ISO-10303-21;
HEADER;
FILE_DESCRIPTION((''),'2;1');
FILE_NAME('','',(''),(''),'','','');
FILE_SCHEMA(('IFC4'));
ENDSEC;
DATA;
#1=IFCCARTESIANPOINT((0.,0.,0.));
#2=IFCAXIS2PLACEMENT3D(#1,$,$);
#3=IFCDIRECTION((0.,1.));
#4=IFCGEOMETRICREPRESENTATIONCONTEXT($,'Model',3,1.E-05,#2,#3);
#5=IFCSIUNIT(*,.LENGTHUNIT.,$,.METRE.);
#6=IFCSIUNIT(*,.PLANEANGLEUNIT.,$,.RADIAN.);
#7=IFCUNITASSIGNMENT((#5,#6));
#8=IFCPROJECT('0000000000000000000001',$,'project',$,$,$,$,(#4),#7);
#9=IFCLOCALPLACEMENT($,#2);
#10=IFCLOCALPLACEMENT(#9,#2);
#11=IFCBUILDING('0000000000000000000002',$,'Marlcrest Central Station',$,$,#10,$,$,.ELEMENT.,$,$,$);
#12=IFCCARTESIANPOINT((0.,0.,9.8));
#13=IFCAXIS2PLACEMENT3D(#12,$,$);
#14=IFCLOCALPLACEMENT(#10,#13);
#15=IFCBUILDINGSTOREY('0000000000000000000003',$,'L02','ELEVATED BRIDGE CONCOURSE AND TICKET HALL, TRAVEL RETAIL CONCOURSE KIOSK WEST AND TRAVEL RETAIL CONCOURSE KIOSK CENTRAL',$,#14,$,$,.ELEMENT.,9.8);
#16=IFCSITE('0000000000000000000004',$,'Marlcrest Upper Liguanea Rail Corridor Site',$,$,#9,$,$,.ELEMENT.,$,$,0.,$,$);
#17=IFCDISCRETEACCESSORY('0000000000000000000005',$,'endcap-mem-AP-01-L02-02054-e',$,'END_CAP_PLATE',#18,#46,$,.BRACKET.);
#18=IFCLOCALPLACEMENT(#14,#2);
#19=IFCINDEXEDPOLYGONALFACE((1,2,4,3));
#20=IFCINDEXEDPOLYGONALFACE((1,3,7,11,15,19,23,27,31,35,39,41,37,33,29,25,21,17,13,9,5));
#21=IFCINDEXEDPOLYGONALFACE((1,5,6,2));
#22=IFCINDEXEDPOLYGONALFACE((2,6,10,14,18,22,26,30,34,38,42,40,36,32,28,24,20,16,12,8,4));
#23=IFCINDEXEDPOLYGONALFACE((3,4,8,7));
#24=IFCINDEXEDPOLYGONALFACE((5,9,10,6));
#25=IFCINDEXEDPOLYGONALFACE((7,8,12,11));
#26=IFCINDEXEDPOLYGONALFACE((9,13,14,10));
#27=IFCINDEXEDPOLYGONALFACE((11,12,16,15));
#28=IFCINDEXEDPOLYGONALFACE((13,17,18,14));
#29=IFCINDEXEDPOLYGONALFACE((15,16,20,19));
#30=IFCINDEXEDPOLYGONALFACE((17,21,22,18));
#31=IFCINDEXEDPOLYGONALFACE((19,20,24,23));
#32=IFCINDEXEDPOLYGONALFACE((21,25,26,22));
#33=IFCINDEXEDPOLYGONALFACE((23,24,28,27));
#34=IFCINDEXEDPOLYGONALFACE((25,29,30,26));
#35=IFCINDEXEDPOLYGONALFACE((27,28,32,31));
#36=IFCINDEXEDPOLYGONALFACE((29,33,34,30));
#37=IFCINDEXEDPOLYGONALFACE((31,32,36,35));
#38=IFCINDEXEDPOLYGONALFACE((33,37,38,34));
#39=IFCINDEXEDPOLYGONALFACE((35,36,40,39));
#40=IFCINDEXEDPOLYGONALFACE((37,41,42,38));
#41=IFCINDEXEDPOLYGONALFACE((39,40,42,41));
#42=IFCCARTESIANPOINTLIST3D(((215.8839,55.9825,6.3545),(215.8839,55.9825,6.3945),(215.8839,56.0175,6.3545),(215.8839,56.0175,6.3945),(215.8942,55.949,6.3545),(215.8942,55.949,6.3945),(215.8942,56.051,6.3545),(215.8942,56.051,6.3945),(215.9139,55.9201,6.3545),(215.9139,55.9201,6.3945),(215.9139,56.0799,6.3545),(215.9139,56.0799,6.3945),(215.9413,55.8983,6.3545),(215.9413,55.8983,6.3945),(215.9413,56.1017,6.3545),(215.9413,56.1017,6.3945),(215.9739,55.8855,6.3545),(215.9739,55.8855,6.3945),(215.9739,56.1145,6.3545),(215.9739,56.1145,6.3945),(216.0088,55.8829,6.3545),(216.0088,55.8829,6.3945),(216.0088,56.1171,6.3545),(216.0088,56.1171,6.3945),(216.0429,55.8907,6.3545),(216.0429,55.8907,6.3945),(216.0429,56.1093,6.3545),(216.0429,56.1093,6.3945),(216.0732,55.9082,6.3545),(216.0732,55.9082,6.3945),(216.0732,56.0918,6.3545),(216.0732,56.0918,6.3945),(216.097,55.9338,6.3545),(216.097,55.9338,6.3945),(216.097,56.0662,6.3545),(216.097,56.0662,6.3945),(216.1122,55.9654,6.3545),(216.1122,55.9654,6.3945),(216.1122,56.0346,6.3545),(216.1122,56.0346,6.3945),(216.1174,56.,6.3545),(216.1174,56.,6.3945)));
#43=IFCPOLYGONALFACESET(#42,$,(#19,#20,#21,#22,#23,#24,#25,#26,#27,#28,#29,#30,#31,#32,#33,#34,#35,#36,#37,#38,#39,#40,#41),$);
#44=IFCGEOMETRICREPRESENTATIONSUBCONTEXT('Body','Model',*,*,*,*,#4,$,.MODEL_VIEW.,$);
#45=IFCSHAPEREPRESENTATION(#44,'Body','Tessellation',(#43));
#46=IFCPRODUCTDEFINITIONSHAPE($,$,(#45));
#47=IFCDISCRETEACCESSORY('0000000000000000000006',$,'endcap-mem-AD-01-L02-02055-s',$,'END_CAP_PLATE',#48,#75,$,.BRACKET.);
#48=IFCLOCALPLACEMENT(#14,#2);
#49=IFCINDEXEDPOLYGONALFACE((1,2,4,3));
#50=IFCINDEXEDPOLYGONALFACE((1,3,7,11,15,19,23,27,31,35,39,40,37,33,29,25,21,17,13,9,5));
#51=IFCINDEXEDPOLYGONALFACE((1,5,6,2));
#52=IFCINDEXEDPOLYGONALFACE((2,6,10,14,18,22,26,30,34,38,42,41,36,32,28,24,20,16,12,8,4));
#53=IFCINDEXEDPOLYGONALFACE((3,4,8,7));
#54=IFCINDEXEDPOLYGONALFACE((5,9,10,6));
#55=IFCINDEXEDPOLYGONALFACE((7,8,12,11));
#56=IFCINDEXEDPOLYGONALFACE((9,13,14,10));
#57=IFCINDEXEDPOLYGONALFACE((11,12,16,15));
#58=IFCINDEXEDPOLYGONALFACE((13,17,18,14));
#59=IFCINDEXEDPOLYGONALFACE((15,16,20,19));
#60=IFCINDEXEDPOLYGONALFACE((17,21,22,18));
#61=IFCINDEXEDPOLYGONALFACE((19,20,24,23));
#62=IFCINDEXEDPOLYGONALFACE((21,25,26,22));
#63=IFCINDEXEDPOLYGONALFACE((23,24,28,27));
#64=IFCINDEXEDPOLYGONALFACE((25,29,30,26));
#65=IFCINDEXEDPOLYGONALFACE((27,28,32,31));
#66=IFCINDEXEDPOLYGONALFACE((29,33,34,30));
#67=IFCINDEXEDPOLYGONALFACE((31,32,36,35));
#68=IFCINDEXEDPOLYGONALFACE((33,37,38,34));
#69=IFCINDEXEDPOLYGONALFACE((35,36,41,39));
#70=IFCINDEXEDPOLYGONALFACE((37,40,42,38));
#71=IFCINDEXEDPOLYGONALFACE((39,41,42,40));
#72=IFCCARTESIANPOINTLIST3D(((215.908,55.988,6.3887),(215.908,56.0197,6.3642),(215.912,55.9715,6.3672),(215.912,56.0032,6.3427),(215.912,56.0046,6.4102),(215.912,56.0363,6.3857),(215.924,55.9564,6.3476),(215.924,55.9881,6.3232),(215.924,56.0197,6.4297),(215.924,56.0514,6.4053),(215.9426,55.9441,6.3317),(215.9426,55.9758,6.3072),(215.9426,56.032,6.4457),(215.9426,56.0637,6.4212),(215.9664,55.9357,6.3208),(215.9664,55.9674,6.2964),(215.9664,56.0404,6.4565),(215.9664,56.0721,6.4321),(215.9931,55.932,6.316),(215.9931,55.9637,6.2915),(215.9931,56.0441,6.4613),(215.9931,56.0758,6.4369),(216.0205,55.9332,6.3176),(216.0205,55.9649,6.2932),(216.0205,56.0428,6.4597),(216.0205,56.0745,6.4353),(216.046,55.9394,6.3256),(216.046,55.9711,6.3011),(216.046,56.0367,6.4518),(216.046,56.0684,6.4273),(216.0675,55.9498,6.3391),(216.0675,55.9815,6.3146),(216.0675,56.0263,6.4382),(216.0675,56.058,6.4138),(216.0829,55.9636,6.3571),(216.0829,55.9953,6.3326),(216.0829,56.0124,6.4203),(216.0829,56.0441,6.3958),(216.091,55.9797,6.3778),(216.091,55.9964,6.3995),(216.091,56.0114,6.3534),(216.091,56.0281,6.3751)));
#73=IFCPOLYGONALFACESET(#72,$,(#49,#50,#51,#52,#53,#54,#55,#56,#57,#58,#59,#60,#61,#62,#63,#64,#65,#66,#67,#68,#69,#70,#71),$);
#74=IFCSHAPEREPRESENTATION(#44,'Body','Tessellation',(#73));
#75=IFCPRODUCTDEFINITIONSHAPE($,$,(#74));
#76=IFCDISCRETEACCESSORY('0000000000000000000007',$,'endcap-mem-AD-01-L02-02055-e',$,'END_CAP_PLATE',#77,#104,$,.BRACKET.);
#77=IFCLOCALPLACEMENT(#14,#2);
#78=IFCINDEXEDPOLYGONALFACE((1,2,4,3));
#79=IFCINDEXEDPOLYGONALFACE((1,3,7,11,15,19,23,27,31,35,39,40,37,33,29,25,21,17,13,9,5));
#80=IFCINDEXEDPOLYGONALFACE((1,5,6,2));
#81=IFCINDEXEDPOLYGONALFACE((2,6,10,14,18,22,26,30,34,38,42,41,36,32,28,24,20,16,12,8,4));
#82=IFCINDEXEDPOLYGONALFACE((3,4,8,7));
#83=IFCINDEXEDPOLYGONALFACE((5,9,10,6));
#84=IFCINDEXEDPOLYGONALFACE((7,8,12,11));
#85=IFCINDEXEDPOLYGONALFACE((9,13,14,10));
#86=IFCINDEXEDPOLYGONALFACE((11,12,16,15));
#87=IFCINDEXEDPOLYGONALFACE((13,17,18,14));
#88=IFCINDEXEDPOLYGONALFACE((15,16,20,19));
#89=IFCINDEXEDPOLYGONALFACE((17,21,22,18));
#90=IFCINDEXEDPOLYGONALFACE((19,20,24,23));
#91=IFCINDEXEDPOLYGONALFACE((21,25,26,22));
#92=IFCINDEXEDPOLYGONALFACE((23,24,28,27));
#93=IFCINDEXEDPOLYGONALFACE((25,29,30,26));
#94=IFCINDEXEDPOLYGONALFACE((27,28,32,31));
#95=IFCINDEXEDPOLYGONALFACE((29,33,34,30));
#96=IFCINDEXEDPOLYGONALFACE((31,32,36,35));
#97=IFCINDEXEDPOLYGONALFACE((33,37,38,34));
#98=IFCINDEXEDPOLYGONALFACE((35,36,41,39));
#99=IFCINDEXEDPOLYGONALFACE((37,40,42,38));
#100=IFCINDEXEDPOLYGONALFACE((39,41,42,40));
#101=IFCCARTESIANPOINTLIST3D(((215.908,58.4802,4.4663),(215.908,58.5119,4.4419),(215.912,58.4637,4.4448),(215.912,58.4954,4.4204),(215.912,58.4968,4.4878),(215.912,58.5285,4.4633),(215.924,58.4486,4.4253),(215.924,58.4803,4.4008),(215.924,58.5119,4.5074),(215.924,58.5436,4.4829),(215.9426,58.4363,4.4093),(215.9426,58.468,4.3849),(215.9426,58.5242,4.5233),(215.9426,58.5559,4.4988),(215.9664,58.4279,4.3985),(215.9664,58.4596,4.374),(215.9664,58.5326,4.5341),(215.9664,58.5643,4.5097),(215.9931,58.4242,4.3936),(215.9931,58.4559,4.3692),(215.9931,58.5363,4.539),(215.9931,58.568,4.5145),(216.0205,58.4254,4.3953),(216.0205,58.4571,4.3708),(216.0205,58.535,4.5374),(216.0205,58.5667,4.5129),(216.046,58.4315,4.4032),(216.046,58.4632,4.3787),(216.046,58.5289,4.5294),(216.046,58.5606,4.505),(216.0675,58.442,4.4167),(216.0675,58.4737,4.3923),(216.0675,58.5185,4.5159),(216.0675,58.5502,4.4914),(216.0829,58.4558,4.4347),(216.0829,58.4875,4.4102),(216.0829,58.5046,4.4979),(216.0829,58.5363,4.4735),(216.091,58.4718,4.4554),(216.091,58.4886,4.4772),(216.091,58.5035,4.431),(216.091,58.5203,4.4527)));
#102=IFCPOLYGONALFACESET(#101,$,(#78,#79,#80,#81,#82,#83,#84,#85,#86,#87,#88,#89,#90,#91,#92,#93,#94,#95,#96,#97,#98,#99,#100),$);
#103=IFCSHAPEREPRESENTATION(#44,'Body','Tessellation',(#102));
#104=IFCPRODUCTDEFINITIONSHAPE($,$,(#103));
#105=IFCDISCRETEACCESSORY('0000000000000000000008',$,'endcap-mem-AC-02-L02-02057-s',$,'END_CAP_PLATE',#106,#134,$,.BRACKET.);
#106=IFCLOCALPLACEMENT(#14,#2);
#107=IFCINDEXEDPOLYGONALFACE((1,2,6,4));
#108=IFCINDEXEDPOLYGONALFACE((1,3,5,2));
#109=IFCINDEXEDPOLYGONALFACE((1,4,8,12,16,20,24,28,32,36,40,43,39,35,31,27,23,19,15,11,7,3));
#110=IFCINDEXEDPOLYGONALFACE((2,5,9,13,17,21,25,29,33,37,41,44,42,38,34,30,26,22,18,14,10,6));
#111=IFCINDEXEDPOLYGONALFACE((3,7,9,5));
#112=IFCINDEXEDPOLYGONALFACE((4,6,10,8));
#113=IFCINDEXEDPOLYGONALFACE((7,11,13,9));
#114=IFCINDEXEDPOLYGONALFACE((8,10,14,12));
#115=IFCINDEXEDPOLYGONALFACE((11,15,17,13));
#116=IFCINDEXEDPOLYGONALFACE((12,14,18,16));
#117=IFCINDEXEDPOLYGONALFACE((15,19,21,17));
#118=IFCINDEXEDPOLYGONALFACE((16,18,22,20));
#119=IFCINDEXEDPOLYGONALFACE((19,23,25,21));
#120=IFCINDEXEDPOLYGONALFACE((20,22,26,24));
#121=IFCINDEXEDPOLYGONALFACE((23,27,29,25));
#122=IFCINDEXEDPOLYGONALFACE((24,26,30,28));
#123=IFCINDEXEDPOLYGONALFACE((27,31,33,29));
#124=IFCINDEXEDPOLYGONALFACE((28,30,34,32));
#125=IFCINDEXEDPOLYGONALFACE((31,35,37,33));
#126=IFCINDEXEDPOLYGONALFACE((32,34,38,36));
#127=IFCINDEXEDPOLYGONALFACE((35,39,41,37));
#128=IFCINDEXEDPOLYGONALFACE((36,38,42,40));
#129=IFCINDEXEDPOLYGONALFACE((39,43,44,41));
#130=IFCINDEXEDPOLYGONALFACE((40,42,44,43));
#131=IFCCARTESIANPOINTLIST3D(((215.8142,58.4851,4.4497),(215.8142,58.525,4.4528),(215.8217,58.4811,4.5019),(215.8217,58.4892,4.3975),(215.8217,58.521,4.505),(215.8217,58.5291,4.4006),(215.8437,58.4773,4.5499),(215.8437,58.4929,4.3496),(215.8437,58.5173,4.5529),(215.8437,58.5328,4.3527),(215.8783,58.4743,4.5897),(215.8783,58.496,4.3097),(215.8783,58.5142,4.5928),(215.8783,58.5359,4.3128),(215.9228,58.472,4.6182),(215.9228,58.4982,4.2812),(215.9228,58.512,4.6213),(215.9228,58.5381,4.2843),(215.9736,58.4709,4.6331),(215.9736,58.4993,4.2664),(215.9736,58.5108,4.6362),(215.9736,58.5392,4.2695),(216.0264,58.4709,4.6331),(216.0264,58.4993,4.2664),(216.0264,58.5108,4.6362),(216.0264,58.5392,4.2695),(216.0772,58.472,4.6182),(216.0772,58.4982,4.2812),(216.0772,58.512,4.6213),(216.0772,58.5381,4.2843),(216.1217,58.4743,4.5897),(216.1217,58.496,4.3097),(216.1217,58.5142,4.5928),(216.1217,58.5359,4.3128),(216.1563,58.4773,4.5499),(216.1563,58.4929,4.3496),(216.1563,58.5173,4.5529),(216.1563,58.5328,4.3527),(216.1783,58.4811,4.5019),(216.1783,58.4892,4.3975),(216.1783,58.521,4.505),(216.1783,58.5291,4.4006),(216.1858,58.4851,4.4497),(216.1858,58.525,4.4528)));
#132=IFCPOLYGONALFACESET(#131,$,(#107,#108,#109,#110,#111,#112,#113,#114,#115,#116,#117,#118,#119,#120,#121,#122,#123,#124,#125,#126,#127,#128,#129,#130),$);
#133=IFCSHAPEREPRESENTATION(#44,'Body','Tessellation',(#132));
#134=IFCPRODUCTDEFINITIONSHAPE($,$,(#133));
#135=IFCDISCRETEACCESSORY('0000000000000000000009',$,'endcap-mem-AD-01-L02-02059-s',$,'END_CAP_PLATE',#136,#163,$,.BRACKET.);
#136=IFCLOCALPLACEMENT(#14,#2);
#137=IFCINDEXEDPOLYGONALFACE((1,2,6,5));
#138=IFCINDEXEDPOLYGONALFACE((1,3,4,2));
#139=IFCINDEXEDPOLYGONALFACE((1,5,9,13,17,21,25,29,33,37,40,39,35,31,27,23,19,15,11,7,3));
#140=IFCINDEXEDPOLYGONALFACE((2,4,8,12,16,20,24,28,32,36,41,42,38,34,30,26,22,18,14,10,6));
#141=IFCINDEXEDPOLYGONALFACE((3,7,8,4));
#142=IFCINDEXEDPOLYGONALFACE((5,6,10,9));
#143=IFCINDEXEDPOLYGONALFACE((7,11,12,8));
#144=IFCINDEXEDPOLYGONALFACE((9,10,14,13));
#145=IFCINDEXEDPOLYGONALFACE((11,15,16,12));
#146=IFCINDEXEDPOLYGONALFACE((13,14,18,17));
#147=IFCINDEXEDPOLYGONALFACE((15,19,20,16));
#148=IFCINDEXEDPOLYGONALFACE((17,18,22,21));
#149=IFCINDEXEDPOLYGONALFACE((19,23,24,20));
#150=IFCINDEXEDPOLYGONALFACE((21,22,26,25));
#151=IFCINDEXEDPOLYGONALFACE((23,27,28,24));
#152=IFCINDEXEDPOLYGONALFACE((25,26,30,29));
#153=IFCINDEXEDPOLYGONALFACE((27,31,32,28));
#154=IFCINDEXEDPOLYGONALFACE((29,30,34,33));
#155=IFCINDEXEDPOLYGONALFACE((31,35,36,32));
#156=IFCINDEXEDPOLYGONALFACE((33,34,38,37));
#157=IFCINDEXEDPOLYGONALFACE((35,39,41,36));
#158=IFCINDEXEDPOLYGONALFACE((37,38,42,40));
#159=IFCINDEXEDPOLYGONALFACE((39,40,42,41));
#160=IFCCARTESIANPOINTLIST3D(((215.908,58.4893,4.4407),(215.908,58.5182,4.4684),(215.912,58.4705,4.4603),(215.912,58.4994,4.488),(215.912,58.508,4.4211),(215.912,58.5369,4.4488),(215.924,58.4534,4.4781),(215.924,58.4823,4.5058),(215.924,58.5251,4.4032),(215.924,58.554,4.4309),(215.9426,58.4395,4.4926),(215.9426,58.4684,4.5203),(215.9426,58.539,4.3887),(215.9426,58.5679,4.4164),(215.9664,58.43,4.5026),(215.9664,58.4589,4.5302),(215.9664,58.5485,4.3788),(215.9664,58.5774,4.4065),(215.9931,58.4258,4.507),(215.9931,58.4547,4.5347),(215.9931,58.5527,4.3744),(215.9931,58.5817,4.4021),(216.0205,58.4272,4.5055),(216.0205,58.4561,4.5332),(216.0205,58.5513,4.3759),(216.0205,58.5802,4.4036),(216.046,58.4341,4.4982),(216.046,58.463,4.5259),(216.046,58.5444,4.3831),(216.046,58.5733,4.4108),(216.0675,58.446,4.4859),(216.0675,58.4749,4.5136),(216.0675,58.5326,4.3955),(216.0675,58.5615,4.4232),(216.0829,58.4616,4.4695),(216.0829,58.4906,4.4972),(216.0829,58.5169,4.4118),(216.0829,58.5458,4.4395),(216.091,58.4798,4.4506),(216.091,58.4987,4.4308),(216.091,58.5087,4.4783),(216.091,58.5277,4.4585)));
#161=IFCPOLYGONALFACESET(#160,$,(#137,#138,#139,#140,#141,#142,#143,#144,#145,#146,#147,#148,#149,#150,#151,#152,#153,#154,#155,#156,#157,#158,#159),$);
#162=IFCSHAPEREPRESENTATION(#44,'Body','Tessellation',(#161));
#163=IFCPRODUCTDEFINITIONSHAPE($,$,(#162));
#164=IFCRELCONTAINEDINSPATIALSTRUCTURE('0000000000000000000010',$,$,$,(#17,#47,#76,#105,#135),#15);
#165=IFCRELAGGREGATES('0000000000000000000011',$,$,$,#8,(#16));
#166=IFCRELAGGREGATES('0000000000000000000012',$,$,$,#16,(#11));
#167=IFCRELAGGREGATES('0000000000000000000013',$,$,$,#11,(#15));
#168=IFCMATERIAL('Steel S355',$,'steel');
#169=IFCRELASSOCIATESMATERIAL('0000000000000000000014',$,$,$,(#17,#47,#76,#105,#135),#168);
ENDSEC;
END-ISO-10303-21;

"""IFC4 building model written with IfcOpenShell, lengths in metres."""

from ifc_helpers import new_model, si_unit, direction, frame, origin, origin_2d, place, context, subcontext, project, spatial, circle, extrude, material, element, save


model = new_model("IFC4")

# Units and contexts
model_context = context("Model", 3, precision=1e-05, world=origin(), true_north=direction((0.0, 1.0)))
body_context = subcontext(model_context, "Body", "Model", "MODEL_VIEW")
ifc_project = project(units=[si_unit("LENGTHUNIT", "METRE"), si_unit("PLANEANGLEUNIT", "RADIAN")], contexts=[model_context])

# Site, building, storey
site_placement = place(None, origin())
site = spatial("IfcSite", under=ifc_project, at=site_placement, Name="Marlcrest Upper Liguanea Rail Corridor Site", CompositionType="ELEMENT", RefElevation=0.0)
building_placement = place(site_placement, origin())
building = spatial("IfcBuilding", under=site, at=building_placement, Name="Marlcrest Central Station", CompositionType="ELEMENT")
storey_placement = place(building_placement, frame((0.0, 0.0, 9.8)))
storey = spatial("IfcBuildingStorey", under=building, at=storey_placement, Name="L02", Description="ELEVATED BRIDGE CONCOURSE AND TICKET HALL, TRAVEL RETAIL CONCOURSE KIOSK WEST AND TRAVEL RETAIL CONCOURSE KIOSK CENTRAL", CompositionType="ELEMENT", Elevation=9.8)

# Shared definitions
ifc_material = material(Name="Steel S355", Category="steel")

# Discrete accessories
for number, where, z_axis, x_axis, name in (
    (1, (216.0, 56.0, 6.3545), (0.0, 0.0, 1.0), (1.0, 0.0, 0.0), "endcap-mem-AP-01-L02-02054-e"),
):
    element("IfcDiscreteAccessory", number, at=place(storey_placement, frame(where, z_axis=z_axis, x_axis=x_axis)), inside=storey, material=ifc_material, Name=name, ObjectType="END_CAP_PLATE", PredefinedType="BRACKET", context=body_context, shape_type="SweptSolid", body=[
        extrude(circle(Radius=0.1174, at=origin_2d()), origin(), (0.0, 0.0, 1.0), 0.04),
    ])
for number, where, z_axis, x_axis, name in (
    (2, (216.0, 55.988, 6.3887), (0.0, 0.791798, -0.610783), (-1.0, 0.0, 0.0), "endcap-mem-AD-01-L02-02055-s"),
    (3, (216.0, 58.4802, 4.4663), (0.0, 0.791798, -0.610783), (-1.0, 0.0, 0.0), "endcap-mem-AD-01-L02-02055-e"),
):
    element("IfcDiscreteAccessory", number, at=place(storey_placement, frame(where, z_axis=z_axis, x_axis=x_axis)), inside=storey, material=ifc_material, Name=name, ObjectType="END_CAP_PLATE", PredefinedType="BRACKET", context=body_context, shape_type="SweptSolid", body=[
        extrude(circle(Radius=0.092, at=origin_2d()), origin(), (0.0, 0.0, 1.0), 0.04),
    ])
discrete_accessory_1_placement = place(storey_placement, frame((216.0, 58.4851, 4.4497), z_axis=(0.0, 0.997007, 0.077307), x_axis=(-1.0, 0.0, 0.0)))
element("IfcDiscreteAccessory", 4, at=discrete_accessory_1_placement, inside=storey, material=ifc_material, Name="endcap-mem-AC-02-L02-02057-s", ObjectType="END_CAP_PLATE", PredefinedType="BRACKET", context=body_context, shape_type="SweptSolid", body=[
    extrude(circle(Radius=0.1858, at=origin_2d()), origin(), (0.0, 0.0, 1.0), 0.04),
])
discrete_accessory_2_placement = place(storey_placement, frame((216.0, 58.4893, 4.4407), z_axis=(0.0, 0.722247, 0.691636), x_axis=(-1.0, 0.0, 0.0)))
element("IfcDiscreteAccessory", 5, at=discrete_accessory_2_placement, inside=storey, material=ifc_material, Name="endcap-mem-AD-01-L02-02059-s", ObjectType="END_CAP_PLATE", PredefinedType="BRACKET", context=body_context, shape_type="SweptSolid", body=[
    extrude(circle(Radius=0.092, at=origin_2d()), origin(), (0.0, 0.0, 1.0), 0.04),
])

save(model, "model.ifc")
